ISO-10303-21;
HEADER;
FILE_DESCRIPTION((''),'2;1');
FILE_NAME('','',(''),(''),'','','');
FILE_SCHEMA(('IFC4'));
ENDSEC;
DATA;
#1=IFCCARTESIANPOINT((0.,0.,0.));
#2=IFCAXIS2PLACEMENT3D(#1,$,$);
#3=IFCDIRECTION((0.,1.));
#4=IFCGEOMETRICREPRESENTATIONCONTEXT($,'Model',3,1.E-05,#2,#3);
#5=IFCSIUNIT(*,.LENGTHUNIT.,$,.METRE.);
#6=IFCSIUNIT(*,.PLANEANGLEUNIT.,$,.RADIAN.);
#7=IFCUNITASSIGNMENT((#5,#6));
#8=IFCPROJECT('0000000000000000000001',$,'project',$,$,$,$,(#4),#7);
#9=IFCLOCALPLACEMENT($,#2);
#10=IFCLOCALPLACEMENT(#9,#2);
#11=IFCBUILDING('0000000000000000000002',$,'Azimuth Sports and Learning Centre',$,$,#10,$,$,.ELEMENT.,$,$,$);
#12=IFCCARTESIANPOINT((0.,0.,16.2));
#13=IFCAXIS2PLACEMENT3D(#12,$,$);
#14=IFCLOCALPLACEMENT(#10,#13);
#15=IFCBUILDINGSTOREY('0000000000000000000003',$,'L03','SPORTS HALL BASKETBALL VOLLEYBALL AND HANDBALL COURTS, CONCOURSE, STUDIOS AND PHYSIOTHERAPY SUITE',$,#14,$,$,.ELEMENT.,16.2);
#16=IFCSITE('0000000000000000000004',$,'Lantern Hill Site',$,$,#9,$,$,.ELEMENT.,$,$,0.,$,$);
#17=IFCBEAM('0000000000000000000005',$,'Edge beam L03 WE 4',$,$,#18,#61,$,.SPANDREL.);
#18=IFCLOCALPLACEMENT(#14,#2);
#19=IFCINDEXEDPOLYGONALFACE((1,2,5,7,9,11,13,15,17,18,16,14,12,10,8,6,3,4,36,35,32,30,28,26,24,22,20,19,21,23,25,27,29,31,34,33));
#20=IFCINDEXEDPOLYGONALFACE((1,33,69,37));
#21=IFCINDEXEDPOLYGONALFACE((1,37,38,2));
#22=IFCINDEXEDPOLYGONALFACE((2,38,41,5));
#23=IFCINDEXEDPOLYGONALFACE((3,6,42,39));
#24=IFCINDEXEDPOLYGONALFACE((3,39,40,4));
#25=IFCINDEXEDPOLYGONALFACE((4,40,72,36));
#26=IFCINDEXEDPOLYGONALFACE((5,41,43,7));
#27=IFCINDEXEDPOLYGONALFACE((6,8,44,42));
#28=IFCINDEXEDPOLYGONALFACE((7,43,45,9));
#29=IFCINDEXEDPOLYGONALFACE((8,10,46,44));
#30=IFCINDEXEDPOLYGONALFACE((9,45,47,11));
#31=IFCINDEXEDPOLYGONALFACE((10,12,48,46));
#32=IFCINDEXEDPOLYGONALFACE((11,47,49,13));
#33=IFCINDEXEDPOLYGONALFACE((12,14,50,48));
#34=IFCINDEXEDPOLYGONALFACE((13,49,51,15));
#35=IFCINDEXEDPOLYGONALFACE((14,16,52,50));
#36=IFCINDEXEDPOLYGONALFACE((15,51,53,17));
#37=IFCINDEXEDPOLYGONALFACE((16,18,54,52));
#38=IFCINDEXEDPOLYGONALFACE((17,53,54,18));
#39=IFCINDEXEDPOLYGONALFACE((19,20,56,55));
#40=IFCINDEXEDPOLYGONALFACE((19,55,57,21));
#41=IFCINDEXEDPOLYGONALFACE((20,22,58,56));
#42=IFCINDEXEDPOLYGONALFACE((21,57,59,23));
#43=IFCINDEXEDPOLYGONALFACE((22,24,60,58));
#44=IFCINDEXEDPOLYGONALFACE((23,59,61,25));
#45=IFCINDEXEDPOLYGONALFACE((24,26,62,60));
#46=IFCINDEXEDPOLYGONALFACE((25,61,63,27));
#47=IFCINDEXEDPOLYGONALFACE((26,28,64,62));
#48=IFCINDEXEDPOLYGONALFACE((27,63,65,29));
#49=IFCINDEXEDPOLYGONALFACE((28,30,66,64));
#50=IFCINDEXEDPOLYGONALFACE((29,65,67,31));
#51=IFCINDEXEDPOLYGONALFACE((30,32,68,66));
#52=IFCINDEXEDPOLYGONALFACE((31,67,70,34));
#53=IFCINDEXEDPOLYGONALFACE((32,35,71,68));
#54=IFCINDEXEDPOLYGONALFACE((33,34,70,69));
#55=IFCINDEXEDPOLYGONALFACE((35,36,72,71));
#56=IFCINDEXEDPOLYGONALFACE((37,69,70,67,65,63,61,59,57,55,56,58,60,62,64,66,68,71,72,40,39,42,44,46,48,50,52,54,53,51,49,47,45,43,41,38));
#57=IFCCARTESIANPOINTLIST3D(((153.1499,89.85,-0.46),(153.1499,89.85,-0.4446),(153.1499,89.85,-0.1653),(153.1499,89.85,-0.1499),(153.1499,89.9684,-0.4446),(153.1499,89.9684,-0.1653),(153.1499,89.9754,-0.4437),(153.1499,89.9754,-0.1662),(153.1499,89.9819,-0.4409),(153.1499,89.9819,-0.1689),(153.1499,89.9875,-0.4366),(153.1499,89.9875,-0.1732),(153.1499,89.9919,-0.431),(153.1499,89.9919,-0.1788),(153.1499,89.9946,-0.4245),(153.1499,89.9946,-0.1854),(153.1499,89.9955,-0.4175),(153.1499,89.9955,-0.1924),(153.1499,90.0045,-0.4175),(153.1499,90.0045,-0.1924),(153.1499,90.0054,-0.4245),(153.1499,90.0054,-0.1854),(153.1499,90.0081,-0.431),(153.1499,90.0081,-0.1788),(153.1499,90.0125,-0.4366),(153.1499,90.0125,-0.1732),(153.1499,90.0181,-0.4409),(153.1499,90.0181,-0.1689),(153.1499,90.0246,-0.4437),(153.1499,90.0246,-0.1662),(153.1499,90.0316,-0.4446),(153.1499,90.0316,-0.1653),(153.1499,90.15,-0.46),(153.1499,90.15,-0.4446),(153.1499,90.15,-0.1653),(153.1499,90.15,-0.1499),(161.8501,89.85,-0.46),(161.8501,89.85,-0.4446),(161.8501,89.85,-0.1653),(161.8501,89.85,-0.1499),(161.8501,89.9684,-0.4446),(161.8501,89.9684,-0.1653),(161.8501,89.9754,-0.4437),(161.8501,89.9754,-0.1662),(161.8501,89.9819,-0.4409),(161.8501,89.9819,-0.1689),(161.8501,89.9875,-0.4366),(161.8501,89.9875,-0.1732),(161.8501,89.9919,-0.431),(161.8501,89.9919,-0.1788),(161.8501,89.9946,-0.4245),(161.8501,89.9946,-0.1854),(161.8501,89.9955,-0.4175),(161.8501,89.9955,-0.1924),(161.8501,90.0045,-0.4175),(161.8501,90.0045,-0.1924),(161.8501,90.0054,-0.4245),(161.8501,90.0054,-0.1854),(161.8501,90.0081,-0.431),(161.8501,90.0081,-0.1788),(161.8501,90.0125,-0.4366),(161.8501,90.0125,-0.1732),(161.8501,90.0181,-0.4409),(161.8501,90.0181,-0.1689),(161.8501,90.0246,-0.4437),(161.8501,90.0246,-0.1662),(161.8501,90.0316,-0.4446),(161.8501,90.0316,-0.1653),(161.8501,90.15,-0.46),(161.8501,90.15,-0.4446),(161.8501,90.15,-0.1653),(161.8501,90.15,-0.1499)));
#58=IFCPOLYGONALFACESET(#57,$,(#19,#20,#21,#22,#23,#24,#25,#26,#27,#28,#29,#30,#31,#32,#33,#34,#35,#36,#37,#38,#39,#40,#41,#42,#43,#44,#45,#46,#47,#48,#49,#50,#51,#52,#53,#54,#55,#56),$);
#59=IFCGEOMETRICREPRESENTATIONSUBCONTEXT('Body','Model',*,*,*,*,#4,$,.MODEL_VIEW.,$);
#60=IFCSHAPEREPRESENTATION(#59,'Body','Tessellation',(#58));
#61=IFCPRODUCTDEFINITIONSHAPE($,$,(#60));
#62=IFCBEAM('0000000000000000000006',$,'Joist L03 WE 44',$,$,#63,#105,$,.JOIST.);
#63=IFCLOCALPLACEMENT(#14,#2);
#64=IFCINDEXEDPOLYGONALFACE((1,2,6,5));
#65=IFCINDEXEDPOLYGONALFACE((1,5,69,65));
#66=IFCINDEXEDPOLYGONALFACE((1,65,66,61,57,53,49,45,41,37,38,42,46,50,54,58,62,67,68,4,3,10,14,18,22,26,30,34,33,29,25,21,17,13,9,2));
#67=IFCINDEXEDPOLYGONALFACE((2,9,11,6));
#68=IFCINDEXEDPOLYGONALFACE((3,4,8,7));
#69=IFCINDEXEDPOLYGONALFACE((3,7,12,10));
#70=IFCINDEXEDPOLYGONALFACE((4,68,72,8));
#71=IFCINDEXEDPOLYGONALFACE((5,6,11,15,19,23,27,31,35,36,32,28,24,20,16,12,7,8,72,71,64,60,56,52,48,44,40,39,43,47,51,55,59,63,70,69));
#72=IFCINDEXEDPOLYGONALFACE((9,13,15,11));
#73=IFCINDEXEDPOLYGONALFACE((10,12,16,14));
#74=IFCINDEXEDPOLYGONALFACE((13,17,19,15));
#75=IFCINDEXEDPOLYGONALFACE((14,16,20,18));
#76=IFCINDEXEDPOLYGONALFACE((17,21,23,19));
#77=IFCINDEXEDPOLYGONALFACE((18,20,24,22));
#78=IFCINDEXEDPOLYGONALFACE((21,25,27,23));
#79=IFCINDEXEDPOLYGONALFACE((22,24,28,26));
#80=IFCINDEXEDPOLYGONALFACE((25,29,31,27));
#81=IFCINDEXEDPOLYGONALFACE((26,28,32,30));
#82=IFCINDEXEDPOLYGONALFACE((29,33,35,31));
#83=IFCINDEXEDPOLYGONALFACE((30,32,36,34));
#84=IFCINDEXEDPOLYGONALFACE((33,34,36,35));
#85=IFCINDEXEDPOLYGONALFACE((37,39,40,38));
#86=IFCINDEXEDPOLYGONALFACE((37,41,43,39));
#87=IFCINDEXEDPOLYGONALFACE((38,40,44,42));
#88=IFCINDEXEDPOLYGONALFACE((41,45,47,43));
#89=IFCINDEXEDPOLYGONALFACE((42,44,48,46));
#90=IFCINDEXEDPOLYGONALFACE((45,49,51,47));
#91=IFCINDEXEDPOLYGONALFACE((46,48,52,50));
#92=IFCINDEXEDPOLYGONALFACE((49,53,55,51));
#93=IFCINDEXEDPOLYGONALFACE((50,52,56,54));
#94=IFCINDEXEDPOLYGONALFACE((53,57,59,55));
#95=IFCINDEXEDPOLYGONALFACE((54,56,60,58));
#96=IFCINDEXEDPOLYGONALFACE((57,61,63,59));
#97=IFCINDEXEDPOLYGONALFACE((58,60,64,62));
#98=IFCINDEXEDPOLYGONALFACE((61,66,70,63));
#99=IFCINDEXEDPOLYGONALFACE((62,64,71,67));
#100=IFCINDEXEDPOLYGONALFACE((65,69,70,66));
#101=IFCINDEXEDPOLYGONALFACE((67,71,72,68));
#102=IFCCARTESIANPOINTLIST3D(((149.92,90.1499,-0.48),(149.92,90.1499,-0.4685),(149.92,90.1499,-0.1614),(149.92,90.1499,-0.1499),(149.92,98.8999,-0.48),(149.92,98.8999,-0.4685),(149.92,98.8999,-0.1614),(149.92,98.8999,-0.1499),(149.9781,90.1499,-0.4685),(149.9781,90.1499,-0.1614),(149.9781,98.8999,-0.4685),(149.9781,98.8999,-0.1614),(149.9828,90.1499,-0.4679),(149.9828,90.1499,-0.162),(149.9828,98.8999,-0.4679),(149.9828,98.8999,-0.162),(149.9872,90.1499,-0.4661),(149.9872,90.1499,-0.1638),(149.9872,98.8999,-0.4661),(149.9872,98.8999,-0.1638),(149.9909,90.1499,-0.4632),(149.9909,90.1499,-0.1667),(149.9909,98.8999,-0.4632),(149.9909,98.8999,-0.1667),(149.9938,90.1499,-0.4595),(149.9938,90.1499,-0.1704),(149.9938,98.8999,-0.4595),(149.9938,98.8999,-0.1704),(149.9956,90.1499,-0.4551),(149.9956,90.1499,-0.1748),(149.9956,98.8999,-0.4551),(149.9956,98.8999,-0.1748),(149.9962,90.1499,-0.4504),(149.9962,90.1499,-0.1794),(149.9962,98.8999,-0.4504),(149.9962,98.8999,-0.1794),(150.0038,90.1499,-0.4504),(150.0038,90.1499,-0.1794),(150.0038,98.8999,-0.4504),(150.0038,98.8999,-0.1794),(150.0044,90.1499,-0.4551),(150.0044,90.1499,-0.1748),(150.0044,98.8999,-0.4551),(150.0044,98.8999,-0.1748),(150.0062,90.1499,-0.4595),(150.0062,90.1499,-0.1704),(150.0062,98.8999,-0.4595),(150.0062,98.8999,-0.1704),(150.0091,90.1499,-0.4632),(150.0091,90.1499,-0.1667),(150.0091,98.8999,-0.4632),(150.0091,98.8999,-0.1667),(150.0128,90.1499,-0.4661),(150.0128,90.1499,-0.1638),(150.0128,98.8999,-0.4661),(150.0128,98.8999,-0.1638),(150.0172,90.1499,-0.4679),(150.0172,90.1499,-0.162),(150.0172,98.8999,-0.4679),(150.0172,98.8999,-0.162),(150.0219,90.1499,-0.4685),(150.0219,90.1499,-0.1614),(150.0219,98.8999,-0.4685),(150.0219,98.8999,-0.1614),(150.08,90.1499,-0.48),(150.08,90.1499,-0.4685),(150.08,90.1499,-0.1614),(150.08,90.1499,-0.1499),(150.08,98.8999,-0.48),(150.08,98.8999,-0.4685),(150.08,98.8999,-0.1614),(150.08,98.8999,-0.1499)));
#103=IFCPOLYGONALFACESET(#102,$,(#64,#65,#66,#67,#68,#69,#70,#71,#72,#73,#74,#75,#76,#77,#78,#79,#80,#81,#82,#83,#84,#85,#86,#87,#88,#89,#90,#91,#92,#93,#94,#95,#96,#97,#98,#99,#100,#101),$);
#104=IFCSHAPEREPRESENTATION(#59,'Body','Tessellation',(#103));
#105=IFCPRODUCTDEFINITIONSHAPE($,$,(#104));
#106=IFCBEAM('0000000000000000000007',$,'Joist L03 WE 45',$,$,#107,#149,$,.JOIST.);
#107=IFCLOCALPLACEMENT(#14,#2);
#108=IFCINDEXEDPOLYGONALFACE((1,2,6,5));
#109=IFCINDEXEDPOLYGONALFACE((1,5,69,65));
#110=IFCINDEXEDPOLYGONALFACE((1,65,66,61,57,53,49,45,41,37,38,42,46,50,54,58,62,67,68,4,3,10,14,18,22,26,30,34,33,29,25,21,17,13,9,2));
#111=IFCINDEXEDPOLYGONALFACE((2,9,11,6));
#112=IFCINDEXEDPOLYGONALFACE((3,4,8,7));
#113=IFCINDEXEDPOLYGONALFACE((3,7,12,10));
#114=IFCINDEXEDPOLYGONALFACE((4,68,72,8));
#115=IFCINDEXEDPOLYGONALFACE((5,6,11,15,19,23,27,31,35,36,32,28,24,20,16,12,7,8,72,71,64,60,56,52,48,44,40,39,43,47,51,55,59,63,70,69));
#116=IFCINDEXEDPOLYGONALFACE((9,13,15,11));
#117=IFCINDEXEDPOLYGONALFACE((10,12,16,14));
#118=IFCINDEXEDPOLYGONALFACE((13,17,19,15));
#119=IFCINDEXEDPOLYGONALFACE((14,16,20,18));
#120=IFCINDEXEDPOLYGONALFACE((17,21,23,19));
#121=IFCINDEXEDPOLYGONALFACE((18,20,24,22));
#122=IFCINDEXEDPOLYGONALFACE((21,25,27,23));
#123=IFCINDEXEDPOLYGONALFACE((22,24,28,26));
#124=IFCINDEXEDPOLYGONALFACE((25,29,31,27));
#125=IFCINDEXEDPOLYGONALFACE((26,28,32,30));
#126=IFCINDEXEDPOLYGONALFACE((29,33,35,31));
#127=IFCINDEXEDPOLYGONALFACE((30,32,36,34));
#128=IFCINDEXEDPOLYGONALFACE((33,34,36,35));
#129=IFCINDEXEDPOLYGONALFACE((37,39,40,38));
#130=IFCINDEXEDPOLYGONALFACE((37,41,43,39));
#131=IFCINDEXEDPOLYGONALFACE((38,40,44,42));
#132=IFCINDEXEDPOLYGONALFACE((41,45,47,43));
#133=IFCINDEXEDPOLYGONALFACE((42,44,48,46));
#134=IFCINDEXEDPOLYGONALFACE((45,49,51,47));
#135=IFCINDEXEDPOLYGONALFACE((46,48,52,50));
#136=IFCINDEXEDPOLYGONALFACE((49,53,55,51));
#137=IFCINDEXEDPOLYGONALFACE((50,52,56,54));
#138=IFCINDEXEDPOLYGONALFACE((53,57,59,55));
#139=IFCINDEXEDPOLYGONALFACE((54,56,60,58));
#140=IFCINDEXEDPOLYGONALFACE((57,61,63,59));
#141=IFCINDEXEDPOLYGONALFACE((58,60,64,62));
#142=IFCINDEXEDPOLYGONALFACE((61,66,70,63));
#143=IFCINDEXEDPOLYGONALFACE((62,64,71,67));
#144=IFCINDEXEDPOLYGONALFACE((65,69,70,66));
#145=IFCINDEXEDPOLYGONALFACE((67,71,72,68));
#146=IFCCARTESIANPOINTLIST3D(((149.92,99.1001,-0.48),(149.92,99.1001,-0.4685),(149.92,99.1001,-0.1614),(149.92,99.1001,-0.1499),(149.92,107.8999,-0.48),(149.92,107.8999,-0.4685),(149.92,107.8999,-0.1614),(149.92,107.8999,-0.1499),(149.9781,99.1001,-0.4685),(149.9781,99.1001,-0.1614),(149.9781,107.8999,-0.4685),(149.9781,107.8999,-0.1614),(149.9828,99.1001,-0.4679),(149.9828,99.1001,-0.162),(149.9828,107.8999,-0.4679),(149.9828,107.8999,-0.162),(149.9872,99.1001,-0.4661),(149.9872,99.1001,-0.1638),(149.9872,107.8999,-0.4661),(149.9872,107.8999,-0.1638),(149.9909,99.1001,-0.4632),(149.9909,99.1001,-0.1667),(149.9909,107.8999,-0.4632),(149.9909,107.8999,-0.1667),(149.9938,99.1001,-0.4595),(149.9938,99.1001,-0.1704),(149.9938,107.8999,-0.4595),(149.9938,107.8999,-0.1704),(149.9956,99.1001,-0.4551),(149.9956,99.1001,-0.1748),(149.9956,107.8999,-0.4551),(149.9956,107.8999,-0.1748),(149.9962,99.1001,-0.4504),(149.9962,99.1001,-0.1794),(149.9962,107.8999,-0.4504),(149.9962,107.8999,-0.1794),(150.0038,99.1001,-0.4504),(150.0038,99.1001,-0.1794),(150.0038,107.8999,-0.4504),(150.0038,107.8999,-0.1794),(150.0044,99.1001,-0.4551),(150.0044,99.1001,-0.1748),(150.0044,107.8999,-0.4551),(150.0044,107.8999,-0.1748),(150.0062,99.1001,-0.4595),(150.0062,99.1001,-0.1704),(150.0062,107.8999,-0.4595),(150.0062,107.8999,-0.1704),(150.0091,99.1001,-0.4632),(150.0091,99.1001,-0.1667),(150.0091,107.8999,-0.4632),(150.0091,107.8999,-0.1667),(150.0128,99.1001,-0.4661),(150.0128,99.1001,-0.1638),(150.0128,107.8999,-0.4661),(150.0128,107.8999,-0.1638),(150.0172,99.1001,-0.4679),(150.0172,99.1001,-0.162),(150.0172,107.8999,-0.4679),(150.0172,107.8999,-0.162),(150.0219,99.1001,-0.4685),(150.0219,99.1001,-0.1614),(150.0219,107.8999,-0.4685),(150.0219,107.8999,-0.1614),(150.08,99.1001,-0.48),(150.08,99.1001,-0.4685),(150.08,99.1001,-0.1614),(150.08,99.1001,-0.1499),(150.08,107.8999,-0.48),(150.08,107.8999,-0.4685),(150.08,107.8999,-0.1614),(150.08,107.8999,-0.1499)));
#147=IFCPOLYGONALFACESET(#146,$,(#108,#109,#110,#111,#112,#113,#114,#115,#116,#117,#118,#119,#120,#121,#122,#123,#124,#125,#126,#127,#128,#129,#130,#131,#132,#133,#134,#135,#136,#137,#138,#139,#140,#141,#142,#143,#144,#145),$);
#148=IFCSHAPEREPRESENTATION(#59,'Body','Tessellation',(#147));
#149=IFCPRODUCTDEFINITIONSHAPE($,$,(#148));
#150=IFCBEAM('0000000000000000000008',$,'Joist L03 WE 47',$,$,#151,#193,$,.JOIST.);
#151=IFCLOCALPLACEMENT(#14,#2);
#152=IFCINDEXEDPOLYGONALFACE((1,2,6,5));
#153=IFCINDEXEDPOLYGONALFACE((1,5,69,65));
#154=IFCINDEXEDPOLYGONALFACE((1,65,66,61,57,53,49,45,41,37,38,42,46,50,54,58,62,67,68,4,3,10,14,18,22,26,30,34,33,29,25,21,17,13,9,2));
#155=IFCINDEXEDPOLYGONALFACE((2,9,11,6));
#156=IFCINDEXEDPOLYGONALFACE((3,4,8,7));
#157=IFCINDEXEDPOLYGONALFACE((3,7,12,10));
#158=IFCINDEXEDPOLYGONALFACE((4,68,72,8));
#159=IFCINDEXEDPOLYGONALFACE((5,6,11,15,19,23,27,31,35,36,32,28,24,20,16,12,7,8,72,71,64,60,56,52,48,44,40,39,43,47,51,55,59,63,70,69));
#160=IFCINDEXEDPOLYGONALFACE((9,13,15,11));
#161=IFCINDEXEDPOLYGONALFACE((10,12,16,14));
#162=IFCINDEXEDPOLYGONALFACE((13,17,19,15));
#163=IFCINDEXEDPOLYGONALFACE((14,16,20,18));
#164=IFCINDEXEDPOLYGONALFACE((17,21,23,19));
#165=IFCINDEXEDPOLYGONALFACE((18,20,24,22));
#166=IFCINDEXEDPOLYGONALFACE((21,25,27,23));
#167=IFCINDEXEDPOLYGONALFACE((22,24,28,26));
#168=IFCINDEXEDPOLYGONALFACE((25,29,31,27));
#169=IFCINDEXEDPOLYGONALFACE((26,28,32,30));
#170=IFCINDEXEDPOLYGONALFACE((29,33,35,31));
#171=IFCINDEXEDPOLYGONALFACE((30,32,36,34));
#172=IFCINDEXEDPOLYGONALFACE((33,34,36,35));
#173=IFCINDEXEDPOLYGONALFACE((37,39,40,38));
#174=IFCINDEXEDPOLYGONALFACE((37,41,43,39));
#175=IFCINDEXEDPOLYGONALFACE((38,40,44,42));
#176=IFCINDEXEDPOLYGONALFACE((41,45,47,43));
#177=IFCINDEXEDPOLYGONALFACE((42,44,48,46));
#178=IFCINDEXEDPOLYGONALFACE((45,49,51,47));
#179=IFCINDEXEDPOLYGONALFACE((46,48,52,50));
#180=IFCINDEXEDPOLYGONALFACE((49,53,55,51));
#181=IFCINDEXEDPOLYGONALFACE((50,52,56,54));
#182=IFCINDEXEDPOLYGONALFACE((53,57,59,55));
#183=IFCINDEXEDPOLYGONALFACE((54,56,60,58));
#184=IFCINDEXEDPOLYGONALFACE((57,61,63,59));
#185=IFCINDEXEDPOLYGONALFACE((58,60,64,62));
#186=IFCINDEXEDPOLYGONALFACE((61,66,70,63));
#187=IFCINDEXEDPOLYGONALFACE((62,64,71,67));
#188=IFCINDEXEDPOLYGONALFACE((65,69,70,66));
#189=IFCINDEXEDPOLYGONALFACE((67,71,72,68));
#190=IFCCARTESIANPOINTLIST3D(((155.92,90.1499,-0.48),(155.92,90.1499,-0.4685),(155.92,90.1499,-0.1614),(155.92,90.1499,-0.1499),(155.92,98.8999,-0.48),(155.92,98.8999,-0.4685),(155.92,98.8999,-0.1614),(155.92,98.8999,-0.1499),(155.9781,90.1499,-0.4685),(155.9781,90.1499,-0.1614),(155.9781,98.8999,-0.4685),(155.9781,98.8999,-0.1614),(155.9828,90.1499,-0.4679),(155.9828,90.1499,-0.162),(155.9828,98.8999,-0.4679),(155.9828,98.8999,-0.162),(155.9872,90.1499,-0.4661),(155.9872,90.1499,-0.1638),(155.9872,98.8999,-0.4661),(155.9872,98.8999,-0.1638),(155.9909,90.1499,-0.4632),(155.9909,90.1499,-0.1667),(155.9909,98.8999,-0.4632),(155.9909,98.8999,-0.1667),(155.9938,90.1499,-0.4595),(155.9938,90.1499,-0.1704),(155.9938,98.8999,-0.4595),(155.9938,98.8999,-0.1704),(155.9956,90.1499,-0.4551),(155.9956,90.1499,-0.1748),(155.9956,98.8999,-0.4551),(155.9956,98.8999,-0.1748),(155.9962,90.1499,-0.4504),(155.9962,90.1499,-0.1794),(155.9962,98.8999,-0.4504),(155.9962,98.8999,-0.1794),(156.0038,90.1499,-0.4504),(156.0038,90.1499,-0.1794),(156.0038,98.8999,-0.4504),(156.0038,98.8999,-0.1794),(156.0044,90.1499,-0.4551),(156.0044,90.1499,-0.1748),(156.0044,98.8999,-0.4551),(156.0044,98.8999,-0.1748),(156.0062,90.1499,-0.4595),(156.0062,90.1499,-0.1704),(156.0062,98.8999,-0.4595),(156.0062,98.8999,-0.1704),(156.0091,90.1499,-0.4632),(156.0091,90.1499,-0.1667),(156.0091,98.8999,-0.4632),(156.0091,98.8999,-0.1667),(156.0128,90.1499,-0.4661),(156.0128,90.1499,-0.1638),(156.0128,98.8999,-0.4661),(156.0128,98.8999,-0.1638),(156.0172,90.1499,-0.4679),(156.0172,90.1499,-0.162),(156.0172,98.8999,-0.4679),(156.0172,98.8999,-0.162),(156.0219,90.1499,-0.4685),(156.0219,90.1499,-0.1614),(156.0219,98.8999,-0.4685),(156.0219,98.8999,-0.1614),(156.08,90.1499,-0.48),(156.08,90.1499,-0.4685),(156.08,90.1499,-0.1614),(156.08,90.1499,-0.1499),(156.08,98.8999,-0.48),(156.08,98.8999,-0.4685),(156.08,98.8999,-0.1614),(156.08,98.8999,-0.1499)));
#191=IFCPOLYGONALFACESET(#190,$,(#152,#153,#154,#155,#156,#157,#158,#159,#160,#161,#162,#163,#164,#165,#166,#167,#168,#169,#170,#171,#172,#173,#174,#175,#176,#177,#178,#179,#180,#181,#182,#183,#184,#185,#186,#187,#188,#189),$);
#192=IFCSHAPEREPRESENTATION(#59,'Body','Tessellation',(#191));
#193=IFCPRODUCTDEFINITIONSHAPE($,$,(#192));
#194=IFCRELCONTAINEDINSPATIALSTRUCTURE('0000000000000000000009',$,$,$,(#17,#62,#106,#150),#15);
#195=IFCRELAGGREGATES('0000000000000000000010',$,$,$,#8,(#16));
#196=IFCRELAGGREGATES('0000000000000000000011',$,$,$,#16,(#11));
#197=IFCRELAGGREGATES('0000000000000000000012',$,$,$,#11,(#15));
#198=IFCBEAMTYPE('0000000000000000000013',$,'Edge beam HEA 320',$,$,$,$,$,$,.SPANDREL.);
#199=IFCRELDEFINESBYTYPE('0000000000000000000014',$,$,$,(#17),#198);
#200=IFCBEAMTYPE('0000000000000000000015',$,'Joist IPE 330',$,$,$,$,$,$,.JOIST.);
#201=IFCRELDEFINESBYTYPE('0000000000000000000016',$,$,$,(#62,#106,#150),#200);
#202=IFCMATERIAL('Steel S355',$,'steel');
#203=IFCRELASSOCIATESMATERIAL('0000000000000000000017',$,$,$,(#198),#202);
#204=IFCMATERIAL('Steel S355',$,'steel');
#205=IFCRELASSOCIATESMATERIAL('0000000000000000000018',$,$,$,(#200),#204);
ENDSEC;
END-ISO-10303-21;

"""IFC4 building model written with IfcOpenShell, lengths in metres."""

from ifc_helpers import new_model, si_unit, direction, frame, origin, origin_2d, place, context, subcontext, project, spatial, i_section, extrude, material, material_profile, profile_set, type_object, element, save


model = new_model("IFC4")

# Units and contexts
model_context = context("Model", 3, precision=1e-05, world=origin(), true_north=direction((0.0, 1.0)))
body_context = subcontext(model_context, "Body", "Model", "MODEL_VIEW")
ifc_project = project(units=[si_unit("LENGTHUNIT", "METRE"), si_unit("PLANEANGLEUNIT", "RADIAN")], contexts=[model_context])

# Site, building, storey
site_placement = place(None, origin())
site = spatial("IfcSite", under=ifc_project, at=site_placement, Name="Lantern Hill Site", CompositionType="ELEMENT", RefElevation=0.0)
building_placement = place(site_placement, origin())
building = spatial("IfcBuilding", under=site, at=building_placement, Name="Azimuth Sports and Learning Centre", CompositionType="ELEMENT")
storey_placement = place(building_placement, frame((0.0, 0.0, 16.2)))
storey = spatial("IfcBuildingStorey", under=building, at=storey_placement, Name="L03", Description="SPORTS HALL BASKETBALL VOLLEYBALL AND HANDBALL COURTS, CONCOURSE, STUDIOS AND PHYSIOTHERAPY SUITE", CompositionType="ELEMENT", Elevation=16.2)

# Beams
ifc_material_1 = material(Name="Steel S355", Category="steel")
ifc_material_profile_1 = material_profile(ifc_material_1, i_section(OverallWidth=0.3, OverallDepth=0.3101, WebThickness=0.009, FlangeThickness=0.0154, FilletRadius=0.0271, at=origin_2d()), Name="HEA 320")
ifc_profile_set_1 = profile_set([ifc_material_profile_1], Name="Steel S355")
beam_type_1 = type_object("IfcBeamType", Name="Edge beam HEA 320", PredefinedType="SPANDREL", material=ifc_profile_set_1)
beam_1_placement = place(storey_placement, frame((153.1499, 90.0, -0.3049), z_axis=(1.0, 0.0, 0.0), x_axis=(0.0, 1.0, 0.0)))
element("IfcBeam", 1, at=beam_1_placement, inside=storey, type_object=beam_type_1, Name="Edge beam L03 WE 4", PredefinedType="SPANDREL", context=body_context, shape_type="SweptSolid", body=[
    extrude(i_section(OverallWidth=0.3, OverallDepth=0.3101, WebThickness=0.009, FlangeThickness=0.0154, FilletRadius=0.0271, at=origin_2d()), origin(), (0.0, 0.0, 1.0), 8.7002),
])
ifc_material_2 = material(Name="Steel S355", Category="steel")
ifc_material_profile_2 = material_profile(ifc_material_2, i_section(OverallWidth=0.1599, OverallDepth=0.3301, WebThickness=0.0076, FlangeThickness=0.0115, FilletRadius=0.0181, at=origin_2d()), Name="IPE 330")
ifc_profile_set_2 = profile_set([ifc_material_profile_2], Name="Steel S355")
beam_type_2 = type_object("IfcBeamType", Name="Joist IPE 330", PredefinedType="JOIST", material=ifc_profile_set_2)
beam_2_placement = place(storey_placement, frame((150.0, 90.1499, -0.3149), z_axis=(0.0, 1.0, 0.0), x_axis=(-1.0, 0.0, 0.0)))
element("IfcBeam", 2, at=beam_2_placement, inside=storey, type_object=beam_type_2, Name="Joist L03 WE 44", PredefinedType="JOIST", context=body_context, shape_type="SweptSolid", body=[
    extrude(i_section(OverallWidth=0.1599, OverallDepth=0.3301, WebThickness=0.0076, FlangeThickness=0.0115, FilletRadius=0.0181, at=origin_2d()), origin(), (0.0, 0.0, 1.0), 8.75),
])
beam_3_placement = place(storey_placement, frame((150.0, 99.1001, -0.3149), z_axis=(0.0, 1.0, 0.0), x_axis=(-1.0, 0.0, 0.0)))
element("IfcBeam", 3, at=beam_3_placement, inside=storey, type_object=beam_type_2, Name="Joist L03 WE 45", PredefinedType="JOIST", context=body_context, shape_type="SweptSolid", body=[
    extrude(i_section(OverallWidth=0.1599, OverallDepth=0.3301, WebThickness=0.0076, FlangeThickness=0.0115, FilletRadius=0.0181, at=origin_2d()), origin(), (0.0, 0.0, 1.0), 8.7998),
])
beam_4_placement = place(storey_placement, frame((156.0, 90.1499, -0.3149), z_axis=(0.0, 1.0, 0.0), x_axis=(-1.0, 0.0, 0.0)))
element("IfcBeam", 4, at=beam_4_placement, inside=storey, type_object=beam_type_2, Name="Joist L03 WE 47", PredefinedType="JOIST", context=body_context, shape_type="SweptSolid", body=[
    extrude(i_section(OverallWidth=0.1599, OverallDepth=0.3301, WebThickness=0.0076, FlangeThickness=0.0115, FilletRadius=0.0181, at=origin_2d()), origin(), (0.0, 0.0, 1.0), 8.75),
])

save(model, "model.ifc")
